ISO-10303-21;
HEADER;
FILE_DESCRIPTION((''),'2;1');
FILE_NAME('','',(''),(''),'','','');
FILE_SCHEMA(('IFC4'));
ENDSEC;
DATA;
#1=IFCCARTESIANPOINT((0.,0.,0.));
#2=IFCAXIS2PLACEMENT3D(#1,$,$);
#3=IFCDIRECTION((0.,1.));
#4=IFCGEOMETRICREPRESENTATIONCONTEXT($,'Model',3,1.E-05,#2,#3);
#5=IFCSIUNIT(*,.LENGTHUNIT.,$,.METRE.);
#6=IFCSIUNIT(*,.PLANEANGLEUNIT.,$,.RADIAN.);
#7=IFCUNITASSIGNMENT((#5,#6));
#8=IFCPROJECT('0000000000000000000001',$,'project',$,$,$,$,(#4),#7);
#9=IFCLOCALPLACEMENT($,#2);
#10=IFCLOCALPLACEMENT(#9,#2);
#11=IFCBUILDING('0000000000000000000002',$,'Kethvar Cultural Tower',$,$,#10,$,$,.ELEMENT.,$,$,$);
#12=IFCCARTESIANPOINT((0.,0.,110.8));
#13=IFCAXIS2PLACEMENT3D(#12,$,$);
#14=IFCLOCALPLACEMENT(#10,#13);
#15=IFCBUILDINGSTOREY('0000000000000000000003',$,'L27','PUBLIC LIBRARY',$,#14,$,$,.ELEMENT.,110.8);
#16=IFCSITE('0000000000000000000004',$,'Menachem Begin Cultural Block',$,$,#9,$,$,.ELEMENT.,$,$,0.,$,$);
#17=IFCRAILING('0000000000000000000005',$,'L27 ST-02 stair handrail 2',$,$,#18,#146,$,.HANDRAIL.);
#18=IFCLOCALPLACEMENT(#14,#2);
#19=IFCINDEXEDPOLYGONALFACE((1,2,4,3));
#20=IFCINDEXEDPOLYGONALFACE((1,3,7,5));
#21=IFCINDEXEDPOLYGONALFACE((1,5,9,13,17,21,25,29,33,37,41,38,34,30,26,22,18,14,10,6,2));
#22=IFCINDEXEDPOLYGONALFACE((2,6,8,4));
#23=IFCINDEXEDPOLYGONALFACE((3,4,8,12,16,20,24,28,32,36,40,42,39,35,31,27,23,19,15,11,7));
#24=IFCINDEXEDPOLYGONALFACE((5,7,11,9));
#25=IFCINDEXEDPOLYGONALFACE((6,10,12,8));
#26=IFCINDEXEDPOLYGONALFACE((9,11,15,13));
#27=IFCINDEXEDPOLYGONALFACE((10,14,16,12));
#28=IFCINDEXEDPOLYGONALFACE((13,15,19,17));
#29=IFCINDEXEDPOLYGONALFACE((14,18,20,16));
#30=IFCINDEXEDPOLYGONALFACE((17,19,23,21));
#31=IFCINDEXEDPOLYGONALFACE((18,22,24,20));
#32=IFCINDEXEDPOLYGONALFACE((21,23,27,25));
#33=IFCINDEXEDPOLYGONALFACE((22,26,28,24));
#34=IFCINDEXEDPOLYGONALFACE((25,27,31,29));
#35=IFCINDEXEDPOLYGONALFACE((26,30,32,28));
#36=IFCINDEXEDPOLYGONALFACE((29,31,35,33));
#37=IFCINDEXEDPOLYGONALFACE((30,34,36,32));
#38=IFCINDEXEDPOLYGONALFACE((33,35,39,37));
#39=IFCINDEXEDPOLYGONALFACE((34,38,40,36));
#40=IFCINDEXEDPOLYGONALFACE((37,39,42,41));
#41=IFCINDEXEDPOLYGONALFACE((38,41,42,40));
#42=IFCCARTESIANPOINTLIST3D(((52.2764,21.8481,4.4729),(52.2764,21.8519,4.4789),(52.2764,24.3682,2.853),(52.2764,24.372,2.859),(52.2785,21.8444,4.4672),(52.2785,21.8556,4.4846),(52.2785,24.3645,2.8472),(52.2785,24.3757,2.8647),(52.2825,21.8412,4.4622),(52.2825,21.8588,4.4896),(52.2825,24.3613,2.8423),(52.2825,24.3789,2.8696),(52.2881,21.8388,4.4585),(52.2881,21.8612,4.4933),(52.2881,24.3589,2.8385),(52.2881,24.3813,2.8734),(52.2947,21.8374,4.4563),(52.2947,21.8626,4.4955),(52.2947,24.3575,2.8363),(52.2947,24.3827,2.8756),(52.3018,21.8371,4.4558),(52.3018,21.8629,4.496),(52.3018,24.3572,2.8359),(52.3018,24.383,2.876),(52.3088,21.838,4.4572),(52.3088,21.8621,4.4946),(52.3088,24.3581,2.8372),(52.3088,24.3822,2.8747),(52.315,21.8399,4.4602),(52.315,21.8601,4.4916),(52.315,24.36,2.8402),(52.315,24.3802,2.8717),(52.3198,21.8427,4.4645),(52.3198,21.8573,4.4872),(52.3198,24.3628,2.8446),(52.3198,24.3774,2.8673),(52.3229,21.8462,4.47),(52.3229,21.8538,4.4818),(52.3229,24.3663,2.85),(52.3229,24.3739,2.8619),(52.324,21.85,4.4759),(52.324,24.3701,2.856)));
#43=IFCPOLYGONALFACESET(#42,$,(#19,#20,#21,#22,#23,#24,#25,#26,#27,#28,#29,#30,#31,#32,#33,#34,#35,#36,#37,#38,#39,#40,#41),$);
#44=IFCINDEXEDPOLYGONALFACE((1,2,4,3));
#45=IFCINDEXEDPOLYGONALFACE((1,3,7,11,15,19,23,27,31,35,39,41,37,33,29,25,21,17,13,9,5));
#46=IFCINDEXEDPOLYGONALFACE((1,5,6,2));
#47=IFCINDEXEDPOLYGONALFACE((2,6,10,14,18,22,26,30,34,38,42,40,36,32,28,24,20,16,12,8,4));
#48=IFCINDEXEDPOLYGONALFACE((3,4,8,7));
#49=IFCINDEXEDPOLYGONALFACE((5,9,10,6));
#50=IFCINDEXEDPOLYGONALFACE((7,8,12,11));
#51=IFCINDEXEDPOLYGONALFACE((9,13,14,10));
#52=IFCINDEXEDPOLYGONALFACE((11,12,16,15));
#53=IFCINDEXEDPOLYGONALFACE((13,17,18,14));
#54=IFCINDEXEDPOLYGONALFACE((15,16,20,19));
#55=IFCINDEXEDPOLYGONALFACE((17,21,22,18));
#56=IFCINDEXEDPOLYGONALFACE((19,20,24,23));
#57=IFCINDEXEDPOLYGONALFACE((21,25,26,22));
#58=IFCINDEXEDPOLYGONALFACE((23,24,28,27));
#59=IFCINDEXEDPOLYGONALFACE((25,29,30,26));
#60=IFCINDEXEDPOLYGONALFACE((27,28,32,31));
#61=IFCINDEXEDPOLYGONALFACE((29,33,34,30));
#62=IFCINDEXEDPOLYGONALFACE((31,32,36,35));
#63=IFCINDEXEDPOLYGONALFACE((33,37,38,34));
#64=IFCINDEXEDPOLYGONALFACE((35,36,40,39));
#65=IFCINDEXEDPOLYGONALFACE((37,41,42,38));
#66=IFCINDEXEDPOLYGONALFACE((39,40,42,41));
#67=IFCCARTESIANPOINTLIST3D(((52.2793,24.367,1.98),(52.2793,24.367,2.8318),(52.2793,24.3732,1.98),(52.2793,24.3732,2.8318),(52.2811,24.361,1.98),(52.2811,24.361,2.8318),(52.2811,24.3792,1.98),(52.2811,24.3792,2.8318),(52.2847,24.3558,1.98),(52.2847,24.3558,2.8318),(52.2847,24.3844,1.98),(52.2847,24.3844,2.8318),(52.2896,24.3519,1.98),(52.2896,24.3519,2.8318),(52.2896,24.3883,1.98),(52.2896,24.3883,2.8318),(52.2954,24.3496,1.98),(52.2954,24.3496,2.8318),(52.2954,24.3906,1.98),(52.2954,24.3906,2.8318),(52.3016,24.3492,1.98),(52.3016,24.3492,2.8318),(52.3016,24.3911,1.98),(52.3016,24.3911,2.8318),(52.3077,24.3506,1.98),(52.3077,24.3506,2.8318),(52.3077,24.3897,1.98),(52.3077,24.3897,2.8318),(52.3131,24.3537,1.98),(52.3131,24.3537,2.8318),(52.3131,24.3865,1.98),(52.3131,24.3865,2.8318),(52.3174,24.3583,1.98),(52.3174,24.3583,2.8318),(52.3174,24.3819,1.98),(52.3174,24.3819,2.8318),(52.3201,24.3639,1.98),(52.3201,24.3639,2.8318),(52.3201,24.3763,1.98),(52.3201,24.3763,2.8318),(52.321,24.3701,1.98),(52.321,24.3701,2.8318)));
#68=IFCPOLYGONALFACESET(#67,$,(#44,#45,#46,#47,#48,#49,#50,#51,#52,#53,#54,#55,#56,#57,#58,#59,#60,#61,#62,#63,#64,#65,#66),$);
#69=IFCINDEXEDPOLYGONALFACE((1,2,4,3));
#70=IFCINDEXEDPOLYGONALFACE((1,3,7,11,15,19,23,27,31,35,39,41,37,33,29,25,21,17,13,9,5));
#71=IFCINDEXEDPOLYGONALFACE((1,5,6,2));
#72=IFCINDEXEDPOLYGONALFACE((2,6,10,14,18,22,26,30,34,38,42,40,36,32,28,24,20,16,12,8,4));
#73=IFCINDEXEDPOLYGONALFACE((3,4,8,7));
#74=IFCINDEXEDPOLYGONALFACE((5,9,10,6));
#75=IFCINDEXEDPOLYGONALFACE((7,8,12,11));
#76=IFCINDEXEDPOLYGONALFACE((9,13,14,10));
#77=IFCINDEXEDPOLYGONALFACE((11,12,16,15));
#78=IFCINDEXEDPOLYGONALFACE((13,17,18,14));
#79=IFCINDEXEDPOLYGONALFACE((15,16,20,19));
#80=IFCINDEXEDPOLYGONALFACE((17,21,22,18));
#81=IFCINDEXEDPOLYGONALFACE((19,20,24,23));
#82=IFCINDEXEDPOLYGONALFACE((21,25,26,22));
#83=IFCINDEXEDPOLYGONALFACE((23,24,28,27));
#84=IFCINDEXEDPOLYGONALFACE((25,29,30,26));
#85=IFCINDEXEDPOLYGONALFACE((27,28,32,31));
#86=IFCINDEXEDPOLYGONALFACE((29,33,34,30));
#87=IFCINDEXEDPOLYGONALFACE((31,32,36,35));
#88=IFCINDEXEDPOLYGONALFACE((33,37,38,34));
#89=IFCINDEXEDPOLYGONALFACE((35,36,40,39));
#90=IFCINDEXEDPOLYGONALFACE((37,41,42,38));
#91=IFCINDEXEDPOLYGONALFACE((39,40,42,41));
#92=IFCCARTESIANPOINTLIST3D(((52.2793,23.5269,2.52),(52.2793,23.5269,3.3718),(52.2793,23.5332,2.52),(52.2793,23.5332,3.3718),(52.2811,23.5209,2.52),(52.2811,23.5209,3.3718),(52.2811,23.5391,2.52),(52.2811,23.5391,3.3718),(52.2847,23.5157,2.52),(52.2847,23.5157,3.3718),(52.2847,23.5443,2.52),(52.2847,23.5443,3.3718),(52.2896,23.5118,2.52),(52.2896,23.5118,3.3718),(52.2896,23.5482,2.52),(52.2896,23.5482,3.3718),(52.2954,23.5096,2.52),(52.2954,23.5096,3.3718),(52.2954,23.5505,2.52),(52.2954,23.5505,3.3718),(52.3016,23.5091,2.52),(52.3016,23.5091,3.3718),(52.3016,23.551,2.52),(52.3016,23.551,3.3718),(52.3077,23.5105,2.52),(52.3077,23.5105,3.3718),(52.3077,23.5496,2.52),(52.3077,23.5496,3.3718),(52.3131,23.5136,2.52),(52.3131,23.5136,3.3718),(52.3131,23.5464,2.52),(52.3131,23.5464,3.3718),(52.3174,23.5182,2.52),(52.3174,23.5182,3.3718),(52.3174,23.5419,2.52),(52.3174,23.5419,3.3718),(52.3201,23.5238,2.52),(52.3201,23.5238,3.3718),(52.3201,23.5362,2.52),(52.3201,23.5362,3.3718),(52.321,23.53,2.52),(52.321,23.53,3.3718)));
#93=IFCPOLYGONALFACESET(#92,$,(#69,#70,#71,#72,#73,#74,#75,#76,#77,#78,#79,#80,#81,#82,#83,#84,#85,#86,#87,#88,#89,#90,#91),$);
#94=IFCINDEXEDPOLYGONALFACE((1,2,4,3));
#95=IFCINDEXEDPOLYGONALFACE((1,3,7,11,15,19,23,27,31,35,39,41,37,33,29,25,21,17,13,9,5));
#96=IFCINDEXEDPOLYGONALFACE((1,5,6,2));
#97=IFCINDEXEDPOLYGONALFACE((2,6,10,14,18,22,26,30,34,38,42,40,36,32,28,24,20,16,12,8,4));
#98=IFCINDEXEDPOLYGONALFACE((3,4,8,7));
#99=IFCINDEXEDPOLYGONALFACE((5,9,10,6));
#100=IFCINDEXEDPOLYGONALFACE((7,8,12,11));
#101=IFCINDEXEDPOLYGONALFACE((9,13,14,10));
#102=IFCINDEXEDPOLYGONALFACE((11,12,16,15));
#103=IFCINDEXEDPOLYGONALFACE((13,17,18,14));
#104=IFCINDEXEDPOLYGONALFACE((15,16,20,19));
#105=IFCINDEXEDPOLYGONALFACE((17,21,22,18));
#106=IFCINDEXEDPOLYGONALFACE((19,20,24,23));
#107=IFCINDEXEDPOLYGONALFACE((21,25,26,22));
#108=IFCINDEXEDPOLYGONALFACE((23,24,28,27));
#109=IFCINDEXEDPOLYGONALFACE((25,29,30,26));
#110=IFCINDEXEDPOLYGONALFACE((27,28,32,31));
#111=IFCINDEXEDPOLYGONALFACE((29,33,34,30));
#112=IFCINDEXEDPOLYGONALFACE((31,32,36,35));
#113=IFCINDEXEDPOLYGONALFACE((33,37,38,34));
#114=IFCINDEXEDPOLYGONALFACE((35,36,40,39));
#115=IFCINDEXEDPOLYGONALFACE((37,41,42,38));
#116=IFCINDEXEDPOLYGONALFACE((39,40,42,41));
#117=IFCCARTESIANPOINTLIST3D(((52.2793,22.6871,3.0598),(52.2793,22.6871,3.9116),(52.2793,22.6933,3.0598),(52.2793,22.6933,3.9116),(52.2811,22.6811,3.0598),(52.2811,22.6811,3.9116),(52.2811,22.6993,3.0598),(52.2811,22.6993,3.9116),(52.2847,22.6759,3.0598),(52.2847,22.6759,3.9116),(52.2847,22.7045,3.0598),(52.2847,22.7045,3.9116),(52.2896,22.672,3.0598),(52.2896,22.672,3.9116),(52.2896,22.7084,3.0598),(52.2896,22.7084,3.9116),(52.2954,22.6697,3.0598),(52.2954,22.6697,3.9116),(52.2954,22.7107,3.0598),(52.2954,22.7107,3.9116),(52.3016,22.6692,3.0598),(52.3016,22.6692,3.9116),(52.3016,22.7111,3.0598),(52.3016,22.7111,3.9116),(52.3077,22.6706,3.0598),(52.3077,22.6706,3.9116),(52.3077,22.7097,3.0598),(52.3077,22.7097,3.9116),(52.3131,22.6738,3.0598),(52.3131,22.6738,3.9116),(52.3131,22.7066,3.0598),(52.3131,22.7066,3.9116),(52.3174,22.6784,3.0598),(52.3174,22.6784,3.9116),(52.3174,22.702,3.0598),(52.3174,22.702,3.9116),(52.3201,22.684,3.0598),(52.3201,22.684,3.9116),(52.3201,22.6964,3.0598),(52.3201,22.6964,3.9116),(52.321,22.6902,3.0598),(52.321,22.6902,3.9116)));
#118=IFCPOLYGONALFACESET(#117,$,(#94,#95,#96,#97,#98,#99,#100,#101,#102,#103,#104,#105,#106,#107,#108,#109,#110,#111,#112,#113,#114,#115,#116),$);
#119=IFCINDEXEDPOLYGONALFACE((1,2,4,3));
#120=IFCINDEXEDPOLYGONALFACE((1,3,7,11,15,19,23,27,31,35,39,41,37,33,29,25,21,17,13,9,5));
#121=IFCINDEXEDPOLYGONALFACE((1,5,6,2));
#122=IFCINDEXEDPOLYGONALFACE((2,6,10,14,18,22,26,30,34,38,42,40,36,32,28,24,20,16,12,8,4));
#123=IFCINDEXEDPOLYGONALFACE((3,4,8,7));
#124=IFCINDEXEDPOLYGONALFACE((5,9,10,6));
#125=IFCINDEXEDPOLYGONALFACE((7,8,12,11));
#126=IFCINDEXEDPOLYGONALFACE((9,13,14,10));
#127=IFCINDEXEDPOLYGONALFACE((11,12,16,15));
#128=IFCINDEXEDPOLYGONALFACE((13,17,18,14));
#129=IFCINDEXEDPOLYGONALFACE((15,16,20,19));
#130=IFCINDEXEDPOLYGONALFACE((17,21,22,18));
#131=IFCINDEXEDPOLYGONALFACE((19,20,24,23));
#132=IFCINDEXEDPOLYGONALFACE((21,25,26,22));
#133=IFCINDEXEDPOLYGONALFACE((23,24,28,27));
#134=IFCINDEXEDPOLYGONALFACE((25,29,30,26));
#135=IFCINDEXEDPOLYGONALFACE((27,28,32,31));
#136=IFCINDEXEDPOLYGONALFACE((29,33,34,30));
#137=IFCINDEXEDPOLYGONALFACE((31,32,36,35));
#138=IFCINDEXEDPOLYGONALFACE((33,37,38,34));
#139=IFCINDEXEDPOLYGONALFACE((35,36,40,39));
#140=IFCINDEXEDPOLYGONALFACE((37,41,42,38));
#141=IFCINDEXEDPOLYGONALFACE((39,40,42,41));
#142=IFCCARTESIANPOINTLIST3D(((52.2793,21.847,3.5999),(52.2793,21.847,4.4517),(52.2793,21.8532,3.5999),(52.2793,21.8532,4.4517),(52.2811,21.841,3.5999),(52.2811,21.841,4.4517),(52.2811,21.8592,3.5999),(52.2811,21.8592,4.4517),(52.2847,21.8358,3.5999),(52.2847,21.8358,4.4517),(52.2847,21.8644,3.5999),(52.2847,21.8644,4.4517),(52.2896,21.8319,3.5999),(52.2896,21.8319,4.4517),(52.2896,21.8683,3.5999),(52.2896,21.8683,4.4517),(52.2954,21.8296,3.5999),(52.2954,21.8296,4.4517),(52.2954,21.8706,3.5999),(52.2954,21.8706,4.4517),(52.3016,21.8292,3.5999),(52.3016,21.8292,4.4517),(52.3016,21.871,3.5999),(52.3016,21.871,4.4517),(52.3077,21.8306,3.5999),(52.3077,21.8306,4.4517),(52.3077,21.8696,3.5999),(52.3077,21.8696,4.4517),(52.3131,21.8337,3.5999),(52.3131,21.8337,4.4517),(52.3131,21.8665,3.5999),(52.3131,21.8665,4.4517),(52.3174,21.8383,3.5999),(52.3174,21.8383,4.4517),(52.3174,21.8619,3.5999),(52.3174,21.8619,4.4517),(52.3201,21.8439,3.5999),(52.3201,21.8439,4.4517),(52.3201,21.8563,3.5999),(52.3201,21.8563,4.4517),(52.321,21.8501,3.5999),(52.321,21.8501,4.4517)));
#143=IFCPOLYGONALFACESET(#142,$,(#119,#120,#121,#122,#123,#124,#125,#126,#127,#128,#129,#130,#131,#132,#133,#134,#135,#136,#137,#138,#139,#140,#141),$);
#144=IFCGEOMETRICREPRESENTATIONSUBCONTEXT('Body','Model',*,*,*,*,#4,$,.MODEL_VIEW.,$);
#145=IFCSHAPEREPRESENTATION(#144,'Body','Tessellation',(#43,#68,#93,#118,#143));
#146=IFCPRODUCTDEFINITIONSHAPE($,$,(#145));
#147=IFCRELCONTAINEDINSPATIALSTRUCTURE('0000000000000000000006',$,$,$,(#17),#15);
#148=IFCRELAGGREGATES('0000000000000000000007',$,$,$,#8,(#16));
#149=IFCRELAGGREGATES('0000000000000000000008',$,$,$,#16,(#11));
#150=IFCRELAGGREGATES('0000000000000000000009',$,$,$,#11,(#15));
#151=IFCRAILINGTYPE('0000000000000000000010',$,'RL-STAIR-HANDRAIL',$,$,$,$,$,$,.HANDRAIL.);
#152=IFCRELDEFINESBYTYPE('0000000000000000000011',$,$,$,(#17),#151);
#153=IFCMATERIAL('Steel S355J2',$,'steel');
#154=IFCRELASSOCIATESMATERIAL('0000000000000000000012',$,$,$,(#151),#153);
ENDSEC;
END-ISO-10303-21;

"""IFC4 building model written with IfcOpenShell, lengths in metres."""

from ifc_helpers import new_model, si_unit, direction, frame, origin, origin_2d, place, context, subcontext, project, spatial, circle, extrude, material, type_object, element, save


model = new_model("IFC4")

# Units and contexts
model_context = context("Model", 3, precision=1e-05, world=origin(), true_north=direction((0.0, 1.0)))
body_context = subcontext(model_context, "Body", "Model", "MODEL_VIEW")
ifc_project = project(units=[si_unit("LENGTHUNIT", "METRE"), si_unit("PLANEANGLEUNIT", "RADIAN")], contexts=[model_context])

# Site, building, storey
site_placement = place(None, origin())
site = spatial("IfcSite", under=ifc_project, at=site_placement, Name="Menachem Begin Cultural Block", CompositionType="ELEMENT", RefElevation=0.0)
building_placement = place(site_placement, origin())
building = spatial("IfcBuilding", under=site, at=building_placement, Name="Kethvar Cultural Tower", CompositionType="ELEMENT")
storey_placement = place(building_placement, frame((0.0, 0.0, 110.8)))
storey = spatial("IfcBuildingStorey", under=building, at=storey_placement, Name="L27", Description="PUBLIC LIBRARY", CompositionType="ELEMENT", Elevation=110.8)

# Shared definitions
ifc_material_1 = material(Name="Steel S355J2", Category="steel")

# Railing
railing_type_1 = type_object("IfcRailingType", Name="RL-STAIR-HANDRAIL", PredefinedType="HANDRAIL", material=ifc_material_1)
railing_1_placement = place(storey_placement, frame((52.3, 24.3701, 1.98)))
element("IfcRailing", 1, at=railing_1_placement, inside=storey, type_object=railing_type_1, Name="L27 ST-02 stair handrail 2", PredefinedType="HANDRAIL", context=body_context, shape_type="SweptSolid", body=[
    extrude(circle(Radius=0.0239, at=origin_2d()), frame((0.0, 0.0, 0.876), z_axis=(0.0, -0.8412, 0.540725), x_axis=(1.0, 0.0, 0.0)), (0.0, 0.0, 1.0), 2.9958),
    extrude(circle(Radius=0.021, at=origin_2d()), origin(), (0.0, 0.0, 1.0), 0.8518),
    extrude(circle(Radius=0.021, at=origin_2d()), frame((0.0, -0.8401, 0.54)), (0.0, 0.0, 1.0), 0.8518),
    extrude(circle(Radius=0.021, at=origin_2d()), frame((0.0, -1.6799, 1.0798)), (0.0, 0.0, 1.0), 0.8518),
    extrude(circle(Radius=0.021, at=origin_2d()), frame((0.0, -2.52, 1.6199)), (0.0, 0.0, 1.0), 0.8518),
])

save(model, "model.ifc")
